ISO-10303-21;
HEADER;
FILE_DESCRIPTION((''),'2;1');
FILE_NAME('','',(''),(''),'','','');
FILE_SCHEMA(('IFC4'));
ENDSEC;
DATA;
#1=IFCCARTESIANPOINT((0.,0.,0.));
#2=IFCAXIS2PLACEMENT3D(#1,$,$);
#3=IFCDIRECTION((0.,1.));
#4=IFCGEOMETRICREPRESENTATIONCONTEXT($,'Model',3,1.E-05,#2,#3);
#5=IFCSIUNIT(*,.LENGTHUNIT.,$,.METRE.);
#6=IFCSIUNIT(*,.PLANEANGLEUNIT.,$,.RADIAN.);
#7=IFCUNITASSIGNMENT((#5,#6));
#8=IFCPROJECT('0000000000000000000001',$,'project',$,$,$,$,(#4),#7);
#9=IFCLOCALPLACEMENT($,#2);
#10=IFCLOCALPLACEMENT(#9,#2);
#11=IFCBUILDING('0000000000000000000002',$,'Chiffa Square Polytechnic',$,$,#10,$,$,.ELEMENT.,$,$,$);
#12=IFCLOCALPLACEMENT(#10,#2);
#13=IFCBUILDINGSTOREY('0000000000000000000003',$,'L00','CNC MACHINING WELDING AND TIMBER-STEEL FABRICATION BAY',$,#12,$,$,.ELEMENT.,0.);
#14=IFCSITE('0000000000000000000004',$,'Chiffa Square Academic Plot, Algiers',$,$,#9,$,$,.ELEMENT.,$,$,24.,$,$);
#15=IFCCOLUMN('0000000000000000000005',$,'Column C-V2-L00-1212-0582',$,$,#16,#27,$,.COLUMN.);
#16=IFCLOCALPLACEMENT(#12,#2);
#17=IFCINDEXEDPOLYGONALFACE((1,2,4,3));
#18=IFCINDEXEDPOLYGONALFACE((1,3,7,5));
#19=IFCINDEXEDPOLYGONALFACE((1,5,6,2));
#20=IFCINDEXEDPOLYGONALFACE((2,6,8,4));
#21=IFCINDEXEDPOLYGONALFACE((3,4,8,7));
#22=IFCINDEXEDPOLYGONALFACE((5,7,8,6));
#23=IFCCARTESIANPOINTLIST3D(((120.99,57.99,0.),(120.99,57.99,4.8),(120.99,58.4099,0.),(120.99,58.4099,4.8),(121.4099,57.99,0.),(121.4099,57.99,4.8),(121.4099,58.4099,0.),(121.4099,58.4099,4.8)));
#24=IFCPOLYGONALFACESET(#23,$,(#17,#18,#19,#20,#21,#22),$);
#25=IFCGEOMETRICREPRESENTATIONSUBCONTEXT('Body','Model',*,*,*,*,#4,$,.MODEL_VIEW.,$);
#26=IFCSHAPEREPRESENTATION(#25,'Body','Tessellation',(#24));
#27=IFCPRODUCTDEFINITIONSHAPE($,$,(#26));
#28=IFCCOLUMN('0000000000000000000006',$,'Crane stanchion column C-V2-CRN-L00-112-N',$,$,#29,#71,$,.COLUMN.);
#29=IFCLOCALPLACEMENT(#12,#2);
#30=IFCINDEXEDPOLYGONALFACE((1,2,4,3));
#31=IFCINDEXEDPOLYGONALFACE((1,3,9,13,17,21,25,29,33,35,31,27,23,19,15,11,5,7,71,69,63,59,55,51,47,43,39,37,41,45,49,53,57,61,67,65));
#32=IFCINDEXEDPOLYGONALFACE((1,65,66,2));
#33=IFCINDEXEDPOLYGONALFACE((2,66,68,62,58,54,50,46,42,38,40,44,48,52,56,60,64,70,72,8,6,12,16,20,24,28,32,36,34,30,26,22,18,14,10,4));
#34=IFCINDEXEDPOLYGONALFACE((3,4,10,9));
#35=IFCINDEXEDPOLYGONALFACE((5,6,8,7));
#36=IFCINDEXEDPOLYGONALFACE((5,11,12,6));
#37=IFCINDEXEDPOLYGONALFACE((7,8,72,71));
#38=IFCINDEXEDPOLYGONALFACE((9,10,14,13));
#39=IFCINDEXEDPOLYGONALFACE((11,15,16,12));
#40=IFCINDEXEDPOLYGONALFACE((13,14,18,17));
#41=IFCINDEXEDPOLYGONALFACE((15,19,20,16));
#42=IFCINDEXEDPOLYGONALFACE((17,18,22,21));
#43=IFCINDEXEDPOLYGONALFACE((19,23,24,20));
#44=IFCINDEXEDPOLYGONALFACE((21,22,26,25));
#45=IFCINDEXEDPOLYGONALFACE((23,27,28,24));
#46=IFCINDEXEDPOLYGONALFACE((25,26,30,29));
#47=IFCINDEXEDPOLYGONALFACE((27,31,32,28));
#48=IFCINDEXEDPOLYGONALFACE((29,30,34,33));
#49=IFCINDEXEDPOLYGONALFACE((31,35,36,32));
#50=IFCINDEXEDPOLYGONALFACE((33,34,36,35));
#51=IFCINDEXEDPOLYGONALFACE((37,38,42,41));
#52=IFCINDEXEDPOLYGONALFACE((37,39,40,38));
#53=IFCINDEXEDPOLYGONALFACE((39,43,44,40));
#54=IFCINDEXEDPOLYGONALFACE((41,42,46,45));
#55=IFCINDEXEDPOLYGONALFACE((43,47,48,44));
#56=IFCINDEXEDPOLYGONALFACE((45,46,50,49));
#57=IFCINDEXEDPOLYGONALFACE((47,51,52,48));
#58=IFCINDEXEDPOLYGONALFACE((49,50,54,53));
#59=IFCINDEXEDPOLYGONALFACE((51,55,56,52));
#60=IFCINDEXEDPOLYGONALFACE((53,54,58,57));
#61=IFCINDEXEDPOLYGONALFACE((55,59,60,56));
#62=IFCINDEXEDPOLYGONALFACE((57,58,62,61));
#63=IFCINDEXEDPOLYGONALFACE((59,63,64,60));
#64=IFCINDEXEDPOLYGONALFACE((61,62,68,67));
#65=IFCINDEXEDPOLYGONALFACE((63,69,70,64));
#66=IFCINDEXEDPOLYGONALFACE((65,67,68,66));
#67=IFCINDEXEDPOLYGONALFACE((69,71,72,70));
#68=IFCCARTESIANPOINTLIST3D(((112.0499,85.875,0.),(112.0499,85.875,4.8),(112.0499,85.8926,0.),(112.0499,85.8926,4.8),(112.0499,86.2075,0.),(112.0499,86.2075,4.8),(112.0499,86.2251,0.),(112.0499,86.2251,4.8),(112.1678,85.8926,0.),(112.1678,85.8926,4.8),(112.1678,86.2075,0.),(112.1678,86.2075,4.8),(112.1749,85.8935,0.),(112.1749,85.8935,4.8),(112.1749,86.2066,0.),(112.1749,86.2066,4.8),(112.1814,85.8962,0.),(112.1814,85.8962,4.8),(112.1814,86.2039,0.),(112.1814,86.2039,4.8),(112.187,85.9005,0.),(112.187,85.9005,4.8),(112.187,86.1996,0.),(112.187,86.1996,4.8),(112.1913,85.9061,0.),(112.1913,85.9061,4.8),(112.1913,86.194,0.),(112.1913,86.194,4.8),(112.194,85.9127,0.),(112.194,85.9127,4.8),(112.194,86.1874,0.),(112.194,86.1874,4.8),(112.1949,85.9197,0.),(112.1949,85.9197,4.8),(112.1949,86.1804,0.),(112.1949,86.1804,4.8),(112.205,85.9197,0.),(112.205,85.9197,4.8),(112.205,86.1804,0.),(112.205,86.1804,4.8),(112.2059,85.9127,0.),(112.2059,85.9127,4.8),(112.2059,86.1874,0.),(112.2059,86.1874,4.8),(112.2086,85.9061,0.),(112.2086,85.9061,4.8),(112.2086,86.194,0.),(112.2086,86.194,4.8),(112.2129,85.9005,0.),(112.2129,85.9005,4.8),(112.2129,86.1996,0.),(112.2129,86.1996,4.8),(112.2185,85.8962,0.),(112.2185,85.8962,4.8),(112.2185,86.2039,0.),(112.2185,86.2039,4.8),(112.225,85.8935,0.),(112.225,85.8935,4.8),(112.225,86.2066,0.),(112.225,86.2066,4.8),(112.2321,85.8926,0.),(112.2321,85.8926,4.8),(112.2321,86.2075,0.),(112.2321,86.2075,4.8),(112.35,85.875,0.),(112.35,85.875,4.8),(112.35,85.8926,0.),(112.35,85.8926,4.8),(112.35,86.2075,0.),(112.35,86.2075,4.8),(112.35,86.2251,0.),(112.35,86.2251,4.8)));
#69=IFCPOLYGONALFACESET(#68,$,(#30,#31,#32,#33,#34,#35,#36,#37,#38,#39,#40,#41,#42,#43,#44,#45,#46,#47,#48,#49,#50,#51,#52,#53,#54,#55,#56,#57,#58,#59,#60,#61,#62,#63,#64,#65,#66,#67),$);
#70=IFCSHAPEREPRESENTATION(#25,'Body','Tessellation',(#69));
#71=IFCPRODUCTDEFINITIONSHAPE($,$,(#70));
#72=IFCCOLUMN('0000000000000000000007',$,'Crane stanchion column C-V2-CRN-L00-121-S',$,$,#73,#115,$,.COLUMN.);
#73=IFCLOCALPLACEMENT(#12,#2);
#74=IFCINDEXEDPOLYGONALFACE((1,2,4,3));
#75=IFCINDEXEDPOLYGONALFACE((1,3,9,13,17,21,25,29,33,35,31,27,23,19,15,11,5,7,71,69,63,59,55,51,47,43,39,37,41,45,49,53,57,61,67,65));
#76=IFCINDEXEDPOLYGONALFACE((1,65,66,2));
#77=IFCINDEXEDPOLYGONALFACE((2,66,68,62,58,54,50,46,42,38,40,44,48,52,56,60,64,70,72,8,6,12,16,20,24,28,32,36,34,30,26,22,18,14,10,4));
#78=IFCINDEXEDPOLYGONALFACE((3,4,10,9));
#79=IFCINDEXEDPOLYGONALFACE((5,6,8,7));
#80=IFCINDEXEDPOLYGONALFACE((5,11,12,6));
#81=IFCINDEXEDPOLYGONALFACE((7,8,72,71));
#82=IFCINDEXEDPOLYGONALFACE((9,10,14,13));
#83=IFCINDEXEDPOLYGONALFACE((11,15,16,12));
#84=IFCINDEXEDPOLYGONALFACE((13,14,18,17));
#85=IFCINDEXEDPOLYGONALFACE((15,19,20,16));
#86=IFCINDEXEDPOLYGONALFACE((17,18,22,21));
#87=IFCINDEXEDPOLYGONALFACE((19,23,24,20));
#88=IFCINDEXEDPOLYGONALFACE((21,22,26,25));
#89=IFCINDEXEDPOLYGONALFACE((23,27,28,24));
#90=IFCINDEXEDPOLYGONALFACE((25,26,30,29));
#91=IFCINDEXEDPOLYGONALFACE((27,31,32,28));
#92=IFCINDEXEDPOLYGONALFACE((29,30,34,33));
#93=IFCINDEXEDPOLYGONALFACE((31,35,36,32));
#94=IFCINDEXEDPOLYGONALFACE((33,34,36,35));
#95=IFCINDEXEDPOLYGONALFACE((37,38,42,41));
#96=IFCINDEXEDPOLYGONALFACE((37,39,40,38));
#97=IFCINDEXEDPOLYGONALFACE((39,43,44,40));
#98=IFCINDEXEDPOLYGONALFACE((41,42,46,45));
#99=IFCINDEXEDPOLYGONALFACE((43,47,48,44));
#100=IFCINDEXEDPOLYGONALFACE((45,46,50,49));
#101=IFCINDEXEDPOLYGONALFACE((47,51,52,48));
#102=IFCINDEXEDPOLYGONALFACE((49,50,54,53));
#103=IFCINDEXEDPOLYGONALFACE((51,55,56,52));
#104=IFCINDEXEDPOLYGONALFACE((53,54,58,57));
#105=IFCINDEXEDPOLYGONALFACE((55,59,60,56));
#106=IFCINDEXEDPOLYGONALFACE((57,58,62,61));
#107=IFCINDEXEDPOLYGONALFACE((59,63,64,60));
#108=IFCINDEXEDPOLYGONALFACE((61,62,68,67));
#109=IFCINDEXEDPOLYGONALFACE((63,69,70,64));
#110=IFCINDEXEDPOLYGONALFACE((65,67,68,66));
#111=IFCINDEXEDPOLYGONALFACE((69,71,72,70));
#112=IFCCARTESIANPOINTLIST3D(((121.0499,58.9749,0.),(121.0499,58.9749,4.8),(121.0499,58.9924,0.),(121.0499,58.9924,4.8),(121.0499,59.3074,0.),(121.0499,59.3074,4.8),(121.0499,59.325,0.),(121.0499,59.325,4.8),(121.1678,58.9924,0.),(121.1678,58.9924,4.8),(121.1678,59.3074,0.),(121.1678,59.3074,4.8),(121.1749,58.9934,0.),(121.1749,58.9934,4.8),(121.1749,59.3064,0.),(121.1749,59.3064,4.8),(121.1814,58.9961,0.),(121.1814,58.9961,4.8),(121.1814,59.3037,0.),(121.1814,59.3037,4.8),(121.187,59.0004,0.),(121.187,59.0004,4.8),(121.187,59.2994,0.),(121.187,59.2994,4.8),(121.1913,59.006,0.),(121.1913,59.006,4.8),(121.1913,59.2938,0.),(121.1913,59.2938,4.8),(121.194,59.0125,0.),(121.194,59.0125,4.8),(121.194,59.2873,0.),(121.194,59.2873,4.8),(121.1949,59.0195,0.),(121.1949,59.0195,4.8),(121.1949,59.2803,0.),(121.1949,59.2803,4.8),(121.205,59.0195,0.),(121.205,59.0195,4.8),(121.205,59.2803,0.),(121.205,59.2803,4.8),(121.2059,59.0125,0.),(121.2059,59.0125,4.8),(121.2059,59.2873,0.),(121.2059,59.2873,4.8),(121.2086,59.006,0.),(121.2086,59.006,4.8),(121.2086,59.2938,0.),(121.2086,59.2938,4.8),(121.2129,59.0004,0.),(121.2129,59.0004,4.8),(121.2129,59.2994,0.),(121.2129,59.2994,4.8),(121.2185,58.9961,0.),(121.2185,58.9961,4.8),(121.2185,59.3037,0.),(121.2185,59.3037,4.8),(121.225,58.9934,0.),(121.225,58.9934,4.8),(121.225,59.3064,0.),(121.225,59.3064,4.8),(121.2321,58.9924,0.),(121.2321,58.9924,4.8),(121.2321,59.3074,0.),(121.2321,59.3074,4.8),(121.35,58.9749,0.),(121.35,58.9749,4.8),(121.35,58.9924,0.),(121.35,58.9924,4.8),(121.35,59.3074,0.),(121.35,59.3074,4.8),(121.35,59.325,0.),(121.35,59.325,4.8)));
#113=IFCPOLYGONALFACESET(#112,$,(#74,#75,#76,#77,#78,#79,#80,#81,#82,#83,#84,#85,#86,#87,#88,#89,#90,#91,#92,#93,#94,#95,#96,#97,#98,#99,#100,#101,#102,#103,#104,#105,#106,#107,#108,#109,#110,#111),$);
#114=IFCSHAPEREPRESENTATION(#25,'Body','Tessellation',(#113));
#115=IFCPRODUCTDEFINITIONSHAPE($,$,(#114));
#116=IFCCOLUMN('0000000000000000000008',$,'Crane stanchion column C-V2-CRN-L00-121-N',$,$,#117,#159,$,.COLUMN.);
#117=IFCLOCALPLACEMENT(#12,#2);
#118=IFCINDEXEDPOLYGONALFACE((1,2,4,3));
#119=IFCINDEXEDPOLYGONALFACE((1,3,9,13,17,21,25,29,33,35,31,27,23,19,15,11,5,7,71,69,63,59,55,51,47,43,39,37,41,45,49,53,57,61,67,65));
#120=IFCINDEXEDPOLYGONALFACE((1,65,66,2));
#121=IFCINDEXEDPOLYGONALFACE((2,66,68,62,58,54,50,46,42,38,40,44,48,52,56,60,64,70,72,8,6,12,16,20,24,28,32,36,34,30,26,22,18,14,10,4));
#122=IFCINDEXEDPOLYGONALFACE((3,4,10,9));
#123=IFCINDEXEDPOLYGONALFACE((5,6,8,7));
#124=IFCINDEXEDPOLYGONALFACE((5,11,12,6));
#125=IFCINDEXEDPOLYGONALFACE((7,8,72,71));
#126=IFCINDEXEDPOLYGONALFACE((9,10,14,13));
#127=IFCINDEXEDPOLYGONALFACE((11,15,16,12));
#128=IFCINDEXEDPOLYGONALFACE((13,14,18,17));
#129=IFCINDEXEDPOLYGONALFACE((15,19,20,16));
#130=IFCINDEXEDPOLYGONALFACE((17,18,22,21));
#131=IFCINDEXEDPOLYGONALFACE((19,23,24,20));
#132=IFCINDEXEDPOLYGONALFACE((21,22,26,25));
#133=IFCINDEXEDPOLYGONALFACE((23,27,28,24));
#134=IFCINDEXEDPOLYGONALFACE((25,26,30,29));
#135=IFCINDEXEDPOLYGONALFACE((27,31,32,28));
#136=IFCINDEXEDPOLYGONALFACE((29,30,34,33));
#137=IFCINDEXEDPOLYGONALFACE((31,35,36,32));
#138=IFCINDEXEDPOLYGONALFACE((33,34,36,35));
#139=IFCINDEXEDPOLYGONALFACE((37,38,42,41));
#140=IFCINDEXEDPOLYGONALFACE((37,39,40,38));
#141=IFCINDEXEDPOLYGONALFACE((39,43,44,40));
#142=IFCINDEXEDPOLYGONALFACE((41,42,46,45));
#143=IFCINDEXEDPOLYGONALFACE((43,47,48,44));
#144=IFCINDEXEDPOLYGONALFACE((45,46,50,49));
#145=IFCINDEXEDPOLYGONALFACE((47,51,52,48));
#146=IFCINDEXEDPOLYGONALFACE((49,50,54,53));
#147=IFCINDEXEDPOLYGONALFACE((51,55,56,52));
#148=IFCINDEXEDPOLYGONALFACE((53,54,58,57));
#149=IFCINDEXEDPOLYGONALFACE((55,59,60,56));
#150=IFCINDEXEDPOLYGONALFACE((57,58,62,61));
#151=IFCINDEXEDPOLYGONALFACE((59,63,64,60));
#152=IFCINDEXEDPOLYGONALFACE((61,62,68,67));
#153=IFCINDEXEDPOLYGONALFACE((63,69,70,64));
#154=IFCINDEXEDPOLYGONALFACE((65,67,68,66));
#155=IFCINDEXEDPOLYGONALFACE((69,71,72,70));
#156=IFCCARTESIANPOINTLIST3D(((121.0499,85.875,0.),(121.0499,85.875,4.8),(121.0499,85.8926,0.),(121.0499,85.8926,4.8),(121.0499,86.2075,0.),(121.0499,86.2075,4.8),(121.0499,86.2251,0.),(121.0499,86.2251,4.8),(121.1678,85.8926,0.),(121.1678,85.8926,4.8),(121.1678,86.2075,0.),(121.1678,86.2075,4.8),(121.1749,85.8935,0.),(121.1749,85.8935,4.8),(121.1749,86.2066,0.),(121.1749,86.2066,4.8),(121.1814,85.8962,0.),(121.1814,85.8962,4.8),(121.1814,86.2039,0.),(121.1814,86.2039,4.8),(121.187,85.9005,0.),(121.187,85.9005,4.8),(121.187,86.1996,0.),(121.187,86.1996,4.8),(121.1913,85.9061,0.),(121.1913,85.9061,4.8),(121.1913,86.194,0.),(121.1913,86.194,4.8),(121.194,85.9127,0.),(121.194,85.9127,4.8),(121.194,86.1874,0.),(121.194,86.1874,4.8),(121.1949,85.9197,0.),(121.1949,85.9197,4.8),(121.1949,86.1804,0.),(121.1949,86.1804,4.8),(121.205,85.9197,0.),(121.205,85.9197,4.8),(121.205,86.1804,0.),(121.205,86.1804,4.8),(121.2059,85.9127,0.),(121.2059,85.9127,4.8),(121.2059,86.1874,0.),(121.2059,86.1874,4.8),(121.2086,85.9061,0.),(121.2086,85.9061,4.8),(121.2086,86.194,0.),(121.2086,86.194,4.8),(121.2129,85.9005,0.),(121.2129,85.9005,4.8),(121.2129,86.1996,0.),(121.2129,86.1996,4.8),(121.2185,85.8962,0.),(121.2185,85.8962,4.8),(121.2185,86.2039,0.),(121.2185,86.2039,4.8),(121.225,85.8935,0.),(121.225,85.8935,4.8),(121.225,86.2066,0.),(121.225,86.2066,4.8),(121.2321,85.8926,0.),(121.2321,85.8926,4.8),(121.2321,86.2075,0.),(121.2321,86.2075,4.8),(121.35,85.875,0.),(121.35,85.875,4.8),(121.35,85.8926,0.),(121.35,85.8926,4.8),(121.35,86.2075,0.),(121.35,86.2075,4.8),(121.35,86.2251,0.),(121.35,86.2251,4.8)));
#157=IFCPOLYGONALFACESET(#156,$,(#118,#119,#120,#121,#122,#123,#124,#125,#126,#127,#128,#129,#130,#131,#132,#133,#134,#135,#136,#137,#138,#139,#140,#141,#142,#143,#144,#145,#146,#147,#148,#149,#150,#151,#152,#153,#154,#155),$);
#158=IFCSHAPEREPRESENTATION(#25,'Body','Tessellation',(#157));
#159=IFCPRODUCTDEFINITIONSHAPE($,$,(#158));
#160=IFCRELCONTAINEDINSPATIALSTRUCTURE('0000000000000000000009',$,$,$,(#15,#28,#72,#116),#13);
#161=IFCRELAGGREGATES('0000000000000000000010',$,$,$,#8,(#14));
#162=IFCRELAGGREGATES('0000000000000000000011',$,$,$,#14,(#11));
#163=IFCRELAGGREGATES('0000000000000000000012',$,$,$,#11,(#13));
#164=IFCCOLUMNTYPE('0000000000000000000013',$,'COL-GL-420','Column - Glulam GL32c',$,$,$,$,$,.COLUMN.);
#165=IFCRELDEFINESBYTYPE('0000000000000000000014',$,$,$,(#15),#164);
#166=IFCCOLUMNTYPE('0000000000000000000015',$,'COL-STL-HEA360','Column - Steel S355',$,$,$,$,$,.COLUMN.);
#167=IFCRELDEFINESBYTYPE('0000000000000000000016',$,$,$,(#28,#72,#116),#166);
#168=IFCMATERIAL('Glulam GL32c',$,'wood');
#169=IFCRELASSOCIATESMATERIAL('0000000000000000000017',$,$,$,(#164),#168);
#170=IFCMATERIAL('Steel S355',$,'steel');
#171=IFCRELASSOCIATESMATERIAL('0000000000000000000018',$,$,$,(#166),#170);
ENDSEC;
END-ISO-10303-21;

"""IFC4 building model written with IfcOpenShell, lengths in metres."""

from ifc_helpers import new_model, si_unit, direction, frame, origin, origin_2d, place, context, subcontext, project, spatial, rectangle, i_section, extrude, material, material_profile, profile_set, type_object, element, save


model = new_model("IFC4")

# Units and contexts
model_context = context("Model", 3, precision=1e-05, world=origin(), true_north=direction((0.0, 1.0)))
body_context = subcontext(model_context, "Body", "Model", "MODEL_VIEW")
ifc_project = project(units=[si_unit("LENGTHUNIT", "METRE"), si_unit("PLANEANGLEUNIT", "RADIAN")], contexts=[model_context])

# Site, building, storey
site_placement = place(None, origin())
site = spatial("IfcSite", under=ifc_project, at=site_placement, Name="Chiffa Square Academic Plot, Algiers", CompositionType="ELEMENT", RefElevation=24.0)
building_placement = place(site_placement, origin())
building = spatial("IfcBuilding", under=site, at=building_placement, Name="Chiffa Square Polytechnic", CompositionType="ELEMENT")
storey_placement = place(building_placement, origin())
storey = spatial("IfcBuildingStorey", under=building, at=storey_placement, Name="L00", Description="CNC MACHINING WELDING AND TIMBER-STEEL FABRICATION BAY", CompositionType="ELEMENT", Elevation=0.0)

# Columns
ifc_material_1 = material(Name="Glulam GL32c", Category="wood")
ifc_material_profile_1 = material_profile(ifc_material_1, rectangle(XDim=0.4199, YDim=0.4199, at=origin_2d()), Name="GL32c 420x420")
ifc_profile_set_1 = profile_set([ifc_material_profile_1], Name="Glulam GL32c")
column_type_1 = type_object("IfcColumnType", Name="COL-GL-420", Description="Column - Glulam GL32c", PredefinedType="COLUMN", material=ifc_profile_set_1)
column_placement = place(storey_placement, frame((121.2, 58.2, 0.0), z_axis=(0.0, 0.0, 1.0), x_axis=(1.0, 0.0, 0.0)))
element("IfcColumn", 1, at=column_placement, inside=storey, type_object=column_type_1, Name="Column C-V2-L00-1212-0582", PredefinedType="COLUMN", context=body_context, shape_type="SweptSolid", body=[
    extrude(rectangle(XDim=0.4199, YDim=0.4199, at=origin_2d()), origin(), (0.0, 0.0, 1.0), 4.8),
])
ifc_material_2 = material(Name="Steel S355", Category="steel")
ifc_material_profile_2 = material_profile(ifc_material_2, i_section(OverallWidth=0.3, OverallDepth=0.3501, WebThickness=0.01, FlangeThickness=0.0176, FilletRadius=0.0271, at=origin_2d()), Name="HEA 360")
ifc_profile_set_2 = profile_set([ifc_material_profile_2], Name="Steel S355")
column_type_2 = type_object("IfcColumnType", Name="COL-STL-HEA360", Description="Column - Steel S355", PredefinedType="COLUMN", material=ifc_profile_set_2)
for number, where, z_axis, x_axis, name in (
    (2, (112.2, 86.05, 0.0), (0.0, 0.0, 1.0), (1.0, 0.0, 0.0), "Crane stanchion column C-V2-CRN-L00-112-N"),
    (3, (121.2, 59.1499, 0.0), (0.0, 0.0, 1.0), (1.0, 0.0, 0.0), "Crane stanchion column C-V2-CRN-L00-121-S"),
    (4, (121.2, 86.05, 0.0), (0.0, 0.0, 1.0), (1.0, 0.0, 0.0), "Crane stanchion column C-V2-CRN-L00-121-N"),
):
    element("IfcColumn", number, at=place(storey_placement, frame(where, z_axis=z_axis, x_axis=x_axis)), inside=storey, type_object=column_type_2, Name=name, PredefinedType="COLUMN", context=body_context, shape_type="SweptSolid", body=[
        extrude(i_section(OverallWidth=0.3, OverallDepth=0.3501, WebThickness=0.01, FlangeThickness=0.0176, FilletRadius=0.0271, at=origin_2d()), origin(), (0.0, 0.0, 1.0), 4.8),
    ])

save(model, "model.ifc")
